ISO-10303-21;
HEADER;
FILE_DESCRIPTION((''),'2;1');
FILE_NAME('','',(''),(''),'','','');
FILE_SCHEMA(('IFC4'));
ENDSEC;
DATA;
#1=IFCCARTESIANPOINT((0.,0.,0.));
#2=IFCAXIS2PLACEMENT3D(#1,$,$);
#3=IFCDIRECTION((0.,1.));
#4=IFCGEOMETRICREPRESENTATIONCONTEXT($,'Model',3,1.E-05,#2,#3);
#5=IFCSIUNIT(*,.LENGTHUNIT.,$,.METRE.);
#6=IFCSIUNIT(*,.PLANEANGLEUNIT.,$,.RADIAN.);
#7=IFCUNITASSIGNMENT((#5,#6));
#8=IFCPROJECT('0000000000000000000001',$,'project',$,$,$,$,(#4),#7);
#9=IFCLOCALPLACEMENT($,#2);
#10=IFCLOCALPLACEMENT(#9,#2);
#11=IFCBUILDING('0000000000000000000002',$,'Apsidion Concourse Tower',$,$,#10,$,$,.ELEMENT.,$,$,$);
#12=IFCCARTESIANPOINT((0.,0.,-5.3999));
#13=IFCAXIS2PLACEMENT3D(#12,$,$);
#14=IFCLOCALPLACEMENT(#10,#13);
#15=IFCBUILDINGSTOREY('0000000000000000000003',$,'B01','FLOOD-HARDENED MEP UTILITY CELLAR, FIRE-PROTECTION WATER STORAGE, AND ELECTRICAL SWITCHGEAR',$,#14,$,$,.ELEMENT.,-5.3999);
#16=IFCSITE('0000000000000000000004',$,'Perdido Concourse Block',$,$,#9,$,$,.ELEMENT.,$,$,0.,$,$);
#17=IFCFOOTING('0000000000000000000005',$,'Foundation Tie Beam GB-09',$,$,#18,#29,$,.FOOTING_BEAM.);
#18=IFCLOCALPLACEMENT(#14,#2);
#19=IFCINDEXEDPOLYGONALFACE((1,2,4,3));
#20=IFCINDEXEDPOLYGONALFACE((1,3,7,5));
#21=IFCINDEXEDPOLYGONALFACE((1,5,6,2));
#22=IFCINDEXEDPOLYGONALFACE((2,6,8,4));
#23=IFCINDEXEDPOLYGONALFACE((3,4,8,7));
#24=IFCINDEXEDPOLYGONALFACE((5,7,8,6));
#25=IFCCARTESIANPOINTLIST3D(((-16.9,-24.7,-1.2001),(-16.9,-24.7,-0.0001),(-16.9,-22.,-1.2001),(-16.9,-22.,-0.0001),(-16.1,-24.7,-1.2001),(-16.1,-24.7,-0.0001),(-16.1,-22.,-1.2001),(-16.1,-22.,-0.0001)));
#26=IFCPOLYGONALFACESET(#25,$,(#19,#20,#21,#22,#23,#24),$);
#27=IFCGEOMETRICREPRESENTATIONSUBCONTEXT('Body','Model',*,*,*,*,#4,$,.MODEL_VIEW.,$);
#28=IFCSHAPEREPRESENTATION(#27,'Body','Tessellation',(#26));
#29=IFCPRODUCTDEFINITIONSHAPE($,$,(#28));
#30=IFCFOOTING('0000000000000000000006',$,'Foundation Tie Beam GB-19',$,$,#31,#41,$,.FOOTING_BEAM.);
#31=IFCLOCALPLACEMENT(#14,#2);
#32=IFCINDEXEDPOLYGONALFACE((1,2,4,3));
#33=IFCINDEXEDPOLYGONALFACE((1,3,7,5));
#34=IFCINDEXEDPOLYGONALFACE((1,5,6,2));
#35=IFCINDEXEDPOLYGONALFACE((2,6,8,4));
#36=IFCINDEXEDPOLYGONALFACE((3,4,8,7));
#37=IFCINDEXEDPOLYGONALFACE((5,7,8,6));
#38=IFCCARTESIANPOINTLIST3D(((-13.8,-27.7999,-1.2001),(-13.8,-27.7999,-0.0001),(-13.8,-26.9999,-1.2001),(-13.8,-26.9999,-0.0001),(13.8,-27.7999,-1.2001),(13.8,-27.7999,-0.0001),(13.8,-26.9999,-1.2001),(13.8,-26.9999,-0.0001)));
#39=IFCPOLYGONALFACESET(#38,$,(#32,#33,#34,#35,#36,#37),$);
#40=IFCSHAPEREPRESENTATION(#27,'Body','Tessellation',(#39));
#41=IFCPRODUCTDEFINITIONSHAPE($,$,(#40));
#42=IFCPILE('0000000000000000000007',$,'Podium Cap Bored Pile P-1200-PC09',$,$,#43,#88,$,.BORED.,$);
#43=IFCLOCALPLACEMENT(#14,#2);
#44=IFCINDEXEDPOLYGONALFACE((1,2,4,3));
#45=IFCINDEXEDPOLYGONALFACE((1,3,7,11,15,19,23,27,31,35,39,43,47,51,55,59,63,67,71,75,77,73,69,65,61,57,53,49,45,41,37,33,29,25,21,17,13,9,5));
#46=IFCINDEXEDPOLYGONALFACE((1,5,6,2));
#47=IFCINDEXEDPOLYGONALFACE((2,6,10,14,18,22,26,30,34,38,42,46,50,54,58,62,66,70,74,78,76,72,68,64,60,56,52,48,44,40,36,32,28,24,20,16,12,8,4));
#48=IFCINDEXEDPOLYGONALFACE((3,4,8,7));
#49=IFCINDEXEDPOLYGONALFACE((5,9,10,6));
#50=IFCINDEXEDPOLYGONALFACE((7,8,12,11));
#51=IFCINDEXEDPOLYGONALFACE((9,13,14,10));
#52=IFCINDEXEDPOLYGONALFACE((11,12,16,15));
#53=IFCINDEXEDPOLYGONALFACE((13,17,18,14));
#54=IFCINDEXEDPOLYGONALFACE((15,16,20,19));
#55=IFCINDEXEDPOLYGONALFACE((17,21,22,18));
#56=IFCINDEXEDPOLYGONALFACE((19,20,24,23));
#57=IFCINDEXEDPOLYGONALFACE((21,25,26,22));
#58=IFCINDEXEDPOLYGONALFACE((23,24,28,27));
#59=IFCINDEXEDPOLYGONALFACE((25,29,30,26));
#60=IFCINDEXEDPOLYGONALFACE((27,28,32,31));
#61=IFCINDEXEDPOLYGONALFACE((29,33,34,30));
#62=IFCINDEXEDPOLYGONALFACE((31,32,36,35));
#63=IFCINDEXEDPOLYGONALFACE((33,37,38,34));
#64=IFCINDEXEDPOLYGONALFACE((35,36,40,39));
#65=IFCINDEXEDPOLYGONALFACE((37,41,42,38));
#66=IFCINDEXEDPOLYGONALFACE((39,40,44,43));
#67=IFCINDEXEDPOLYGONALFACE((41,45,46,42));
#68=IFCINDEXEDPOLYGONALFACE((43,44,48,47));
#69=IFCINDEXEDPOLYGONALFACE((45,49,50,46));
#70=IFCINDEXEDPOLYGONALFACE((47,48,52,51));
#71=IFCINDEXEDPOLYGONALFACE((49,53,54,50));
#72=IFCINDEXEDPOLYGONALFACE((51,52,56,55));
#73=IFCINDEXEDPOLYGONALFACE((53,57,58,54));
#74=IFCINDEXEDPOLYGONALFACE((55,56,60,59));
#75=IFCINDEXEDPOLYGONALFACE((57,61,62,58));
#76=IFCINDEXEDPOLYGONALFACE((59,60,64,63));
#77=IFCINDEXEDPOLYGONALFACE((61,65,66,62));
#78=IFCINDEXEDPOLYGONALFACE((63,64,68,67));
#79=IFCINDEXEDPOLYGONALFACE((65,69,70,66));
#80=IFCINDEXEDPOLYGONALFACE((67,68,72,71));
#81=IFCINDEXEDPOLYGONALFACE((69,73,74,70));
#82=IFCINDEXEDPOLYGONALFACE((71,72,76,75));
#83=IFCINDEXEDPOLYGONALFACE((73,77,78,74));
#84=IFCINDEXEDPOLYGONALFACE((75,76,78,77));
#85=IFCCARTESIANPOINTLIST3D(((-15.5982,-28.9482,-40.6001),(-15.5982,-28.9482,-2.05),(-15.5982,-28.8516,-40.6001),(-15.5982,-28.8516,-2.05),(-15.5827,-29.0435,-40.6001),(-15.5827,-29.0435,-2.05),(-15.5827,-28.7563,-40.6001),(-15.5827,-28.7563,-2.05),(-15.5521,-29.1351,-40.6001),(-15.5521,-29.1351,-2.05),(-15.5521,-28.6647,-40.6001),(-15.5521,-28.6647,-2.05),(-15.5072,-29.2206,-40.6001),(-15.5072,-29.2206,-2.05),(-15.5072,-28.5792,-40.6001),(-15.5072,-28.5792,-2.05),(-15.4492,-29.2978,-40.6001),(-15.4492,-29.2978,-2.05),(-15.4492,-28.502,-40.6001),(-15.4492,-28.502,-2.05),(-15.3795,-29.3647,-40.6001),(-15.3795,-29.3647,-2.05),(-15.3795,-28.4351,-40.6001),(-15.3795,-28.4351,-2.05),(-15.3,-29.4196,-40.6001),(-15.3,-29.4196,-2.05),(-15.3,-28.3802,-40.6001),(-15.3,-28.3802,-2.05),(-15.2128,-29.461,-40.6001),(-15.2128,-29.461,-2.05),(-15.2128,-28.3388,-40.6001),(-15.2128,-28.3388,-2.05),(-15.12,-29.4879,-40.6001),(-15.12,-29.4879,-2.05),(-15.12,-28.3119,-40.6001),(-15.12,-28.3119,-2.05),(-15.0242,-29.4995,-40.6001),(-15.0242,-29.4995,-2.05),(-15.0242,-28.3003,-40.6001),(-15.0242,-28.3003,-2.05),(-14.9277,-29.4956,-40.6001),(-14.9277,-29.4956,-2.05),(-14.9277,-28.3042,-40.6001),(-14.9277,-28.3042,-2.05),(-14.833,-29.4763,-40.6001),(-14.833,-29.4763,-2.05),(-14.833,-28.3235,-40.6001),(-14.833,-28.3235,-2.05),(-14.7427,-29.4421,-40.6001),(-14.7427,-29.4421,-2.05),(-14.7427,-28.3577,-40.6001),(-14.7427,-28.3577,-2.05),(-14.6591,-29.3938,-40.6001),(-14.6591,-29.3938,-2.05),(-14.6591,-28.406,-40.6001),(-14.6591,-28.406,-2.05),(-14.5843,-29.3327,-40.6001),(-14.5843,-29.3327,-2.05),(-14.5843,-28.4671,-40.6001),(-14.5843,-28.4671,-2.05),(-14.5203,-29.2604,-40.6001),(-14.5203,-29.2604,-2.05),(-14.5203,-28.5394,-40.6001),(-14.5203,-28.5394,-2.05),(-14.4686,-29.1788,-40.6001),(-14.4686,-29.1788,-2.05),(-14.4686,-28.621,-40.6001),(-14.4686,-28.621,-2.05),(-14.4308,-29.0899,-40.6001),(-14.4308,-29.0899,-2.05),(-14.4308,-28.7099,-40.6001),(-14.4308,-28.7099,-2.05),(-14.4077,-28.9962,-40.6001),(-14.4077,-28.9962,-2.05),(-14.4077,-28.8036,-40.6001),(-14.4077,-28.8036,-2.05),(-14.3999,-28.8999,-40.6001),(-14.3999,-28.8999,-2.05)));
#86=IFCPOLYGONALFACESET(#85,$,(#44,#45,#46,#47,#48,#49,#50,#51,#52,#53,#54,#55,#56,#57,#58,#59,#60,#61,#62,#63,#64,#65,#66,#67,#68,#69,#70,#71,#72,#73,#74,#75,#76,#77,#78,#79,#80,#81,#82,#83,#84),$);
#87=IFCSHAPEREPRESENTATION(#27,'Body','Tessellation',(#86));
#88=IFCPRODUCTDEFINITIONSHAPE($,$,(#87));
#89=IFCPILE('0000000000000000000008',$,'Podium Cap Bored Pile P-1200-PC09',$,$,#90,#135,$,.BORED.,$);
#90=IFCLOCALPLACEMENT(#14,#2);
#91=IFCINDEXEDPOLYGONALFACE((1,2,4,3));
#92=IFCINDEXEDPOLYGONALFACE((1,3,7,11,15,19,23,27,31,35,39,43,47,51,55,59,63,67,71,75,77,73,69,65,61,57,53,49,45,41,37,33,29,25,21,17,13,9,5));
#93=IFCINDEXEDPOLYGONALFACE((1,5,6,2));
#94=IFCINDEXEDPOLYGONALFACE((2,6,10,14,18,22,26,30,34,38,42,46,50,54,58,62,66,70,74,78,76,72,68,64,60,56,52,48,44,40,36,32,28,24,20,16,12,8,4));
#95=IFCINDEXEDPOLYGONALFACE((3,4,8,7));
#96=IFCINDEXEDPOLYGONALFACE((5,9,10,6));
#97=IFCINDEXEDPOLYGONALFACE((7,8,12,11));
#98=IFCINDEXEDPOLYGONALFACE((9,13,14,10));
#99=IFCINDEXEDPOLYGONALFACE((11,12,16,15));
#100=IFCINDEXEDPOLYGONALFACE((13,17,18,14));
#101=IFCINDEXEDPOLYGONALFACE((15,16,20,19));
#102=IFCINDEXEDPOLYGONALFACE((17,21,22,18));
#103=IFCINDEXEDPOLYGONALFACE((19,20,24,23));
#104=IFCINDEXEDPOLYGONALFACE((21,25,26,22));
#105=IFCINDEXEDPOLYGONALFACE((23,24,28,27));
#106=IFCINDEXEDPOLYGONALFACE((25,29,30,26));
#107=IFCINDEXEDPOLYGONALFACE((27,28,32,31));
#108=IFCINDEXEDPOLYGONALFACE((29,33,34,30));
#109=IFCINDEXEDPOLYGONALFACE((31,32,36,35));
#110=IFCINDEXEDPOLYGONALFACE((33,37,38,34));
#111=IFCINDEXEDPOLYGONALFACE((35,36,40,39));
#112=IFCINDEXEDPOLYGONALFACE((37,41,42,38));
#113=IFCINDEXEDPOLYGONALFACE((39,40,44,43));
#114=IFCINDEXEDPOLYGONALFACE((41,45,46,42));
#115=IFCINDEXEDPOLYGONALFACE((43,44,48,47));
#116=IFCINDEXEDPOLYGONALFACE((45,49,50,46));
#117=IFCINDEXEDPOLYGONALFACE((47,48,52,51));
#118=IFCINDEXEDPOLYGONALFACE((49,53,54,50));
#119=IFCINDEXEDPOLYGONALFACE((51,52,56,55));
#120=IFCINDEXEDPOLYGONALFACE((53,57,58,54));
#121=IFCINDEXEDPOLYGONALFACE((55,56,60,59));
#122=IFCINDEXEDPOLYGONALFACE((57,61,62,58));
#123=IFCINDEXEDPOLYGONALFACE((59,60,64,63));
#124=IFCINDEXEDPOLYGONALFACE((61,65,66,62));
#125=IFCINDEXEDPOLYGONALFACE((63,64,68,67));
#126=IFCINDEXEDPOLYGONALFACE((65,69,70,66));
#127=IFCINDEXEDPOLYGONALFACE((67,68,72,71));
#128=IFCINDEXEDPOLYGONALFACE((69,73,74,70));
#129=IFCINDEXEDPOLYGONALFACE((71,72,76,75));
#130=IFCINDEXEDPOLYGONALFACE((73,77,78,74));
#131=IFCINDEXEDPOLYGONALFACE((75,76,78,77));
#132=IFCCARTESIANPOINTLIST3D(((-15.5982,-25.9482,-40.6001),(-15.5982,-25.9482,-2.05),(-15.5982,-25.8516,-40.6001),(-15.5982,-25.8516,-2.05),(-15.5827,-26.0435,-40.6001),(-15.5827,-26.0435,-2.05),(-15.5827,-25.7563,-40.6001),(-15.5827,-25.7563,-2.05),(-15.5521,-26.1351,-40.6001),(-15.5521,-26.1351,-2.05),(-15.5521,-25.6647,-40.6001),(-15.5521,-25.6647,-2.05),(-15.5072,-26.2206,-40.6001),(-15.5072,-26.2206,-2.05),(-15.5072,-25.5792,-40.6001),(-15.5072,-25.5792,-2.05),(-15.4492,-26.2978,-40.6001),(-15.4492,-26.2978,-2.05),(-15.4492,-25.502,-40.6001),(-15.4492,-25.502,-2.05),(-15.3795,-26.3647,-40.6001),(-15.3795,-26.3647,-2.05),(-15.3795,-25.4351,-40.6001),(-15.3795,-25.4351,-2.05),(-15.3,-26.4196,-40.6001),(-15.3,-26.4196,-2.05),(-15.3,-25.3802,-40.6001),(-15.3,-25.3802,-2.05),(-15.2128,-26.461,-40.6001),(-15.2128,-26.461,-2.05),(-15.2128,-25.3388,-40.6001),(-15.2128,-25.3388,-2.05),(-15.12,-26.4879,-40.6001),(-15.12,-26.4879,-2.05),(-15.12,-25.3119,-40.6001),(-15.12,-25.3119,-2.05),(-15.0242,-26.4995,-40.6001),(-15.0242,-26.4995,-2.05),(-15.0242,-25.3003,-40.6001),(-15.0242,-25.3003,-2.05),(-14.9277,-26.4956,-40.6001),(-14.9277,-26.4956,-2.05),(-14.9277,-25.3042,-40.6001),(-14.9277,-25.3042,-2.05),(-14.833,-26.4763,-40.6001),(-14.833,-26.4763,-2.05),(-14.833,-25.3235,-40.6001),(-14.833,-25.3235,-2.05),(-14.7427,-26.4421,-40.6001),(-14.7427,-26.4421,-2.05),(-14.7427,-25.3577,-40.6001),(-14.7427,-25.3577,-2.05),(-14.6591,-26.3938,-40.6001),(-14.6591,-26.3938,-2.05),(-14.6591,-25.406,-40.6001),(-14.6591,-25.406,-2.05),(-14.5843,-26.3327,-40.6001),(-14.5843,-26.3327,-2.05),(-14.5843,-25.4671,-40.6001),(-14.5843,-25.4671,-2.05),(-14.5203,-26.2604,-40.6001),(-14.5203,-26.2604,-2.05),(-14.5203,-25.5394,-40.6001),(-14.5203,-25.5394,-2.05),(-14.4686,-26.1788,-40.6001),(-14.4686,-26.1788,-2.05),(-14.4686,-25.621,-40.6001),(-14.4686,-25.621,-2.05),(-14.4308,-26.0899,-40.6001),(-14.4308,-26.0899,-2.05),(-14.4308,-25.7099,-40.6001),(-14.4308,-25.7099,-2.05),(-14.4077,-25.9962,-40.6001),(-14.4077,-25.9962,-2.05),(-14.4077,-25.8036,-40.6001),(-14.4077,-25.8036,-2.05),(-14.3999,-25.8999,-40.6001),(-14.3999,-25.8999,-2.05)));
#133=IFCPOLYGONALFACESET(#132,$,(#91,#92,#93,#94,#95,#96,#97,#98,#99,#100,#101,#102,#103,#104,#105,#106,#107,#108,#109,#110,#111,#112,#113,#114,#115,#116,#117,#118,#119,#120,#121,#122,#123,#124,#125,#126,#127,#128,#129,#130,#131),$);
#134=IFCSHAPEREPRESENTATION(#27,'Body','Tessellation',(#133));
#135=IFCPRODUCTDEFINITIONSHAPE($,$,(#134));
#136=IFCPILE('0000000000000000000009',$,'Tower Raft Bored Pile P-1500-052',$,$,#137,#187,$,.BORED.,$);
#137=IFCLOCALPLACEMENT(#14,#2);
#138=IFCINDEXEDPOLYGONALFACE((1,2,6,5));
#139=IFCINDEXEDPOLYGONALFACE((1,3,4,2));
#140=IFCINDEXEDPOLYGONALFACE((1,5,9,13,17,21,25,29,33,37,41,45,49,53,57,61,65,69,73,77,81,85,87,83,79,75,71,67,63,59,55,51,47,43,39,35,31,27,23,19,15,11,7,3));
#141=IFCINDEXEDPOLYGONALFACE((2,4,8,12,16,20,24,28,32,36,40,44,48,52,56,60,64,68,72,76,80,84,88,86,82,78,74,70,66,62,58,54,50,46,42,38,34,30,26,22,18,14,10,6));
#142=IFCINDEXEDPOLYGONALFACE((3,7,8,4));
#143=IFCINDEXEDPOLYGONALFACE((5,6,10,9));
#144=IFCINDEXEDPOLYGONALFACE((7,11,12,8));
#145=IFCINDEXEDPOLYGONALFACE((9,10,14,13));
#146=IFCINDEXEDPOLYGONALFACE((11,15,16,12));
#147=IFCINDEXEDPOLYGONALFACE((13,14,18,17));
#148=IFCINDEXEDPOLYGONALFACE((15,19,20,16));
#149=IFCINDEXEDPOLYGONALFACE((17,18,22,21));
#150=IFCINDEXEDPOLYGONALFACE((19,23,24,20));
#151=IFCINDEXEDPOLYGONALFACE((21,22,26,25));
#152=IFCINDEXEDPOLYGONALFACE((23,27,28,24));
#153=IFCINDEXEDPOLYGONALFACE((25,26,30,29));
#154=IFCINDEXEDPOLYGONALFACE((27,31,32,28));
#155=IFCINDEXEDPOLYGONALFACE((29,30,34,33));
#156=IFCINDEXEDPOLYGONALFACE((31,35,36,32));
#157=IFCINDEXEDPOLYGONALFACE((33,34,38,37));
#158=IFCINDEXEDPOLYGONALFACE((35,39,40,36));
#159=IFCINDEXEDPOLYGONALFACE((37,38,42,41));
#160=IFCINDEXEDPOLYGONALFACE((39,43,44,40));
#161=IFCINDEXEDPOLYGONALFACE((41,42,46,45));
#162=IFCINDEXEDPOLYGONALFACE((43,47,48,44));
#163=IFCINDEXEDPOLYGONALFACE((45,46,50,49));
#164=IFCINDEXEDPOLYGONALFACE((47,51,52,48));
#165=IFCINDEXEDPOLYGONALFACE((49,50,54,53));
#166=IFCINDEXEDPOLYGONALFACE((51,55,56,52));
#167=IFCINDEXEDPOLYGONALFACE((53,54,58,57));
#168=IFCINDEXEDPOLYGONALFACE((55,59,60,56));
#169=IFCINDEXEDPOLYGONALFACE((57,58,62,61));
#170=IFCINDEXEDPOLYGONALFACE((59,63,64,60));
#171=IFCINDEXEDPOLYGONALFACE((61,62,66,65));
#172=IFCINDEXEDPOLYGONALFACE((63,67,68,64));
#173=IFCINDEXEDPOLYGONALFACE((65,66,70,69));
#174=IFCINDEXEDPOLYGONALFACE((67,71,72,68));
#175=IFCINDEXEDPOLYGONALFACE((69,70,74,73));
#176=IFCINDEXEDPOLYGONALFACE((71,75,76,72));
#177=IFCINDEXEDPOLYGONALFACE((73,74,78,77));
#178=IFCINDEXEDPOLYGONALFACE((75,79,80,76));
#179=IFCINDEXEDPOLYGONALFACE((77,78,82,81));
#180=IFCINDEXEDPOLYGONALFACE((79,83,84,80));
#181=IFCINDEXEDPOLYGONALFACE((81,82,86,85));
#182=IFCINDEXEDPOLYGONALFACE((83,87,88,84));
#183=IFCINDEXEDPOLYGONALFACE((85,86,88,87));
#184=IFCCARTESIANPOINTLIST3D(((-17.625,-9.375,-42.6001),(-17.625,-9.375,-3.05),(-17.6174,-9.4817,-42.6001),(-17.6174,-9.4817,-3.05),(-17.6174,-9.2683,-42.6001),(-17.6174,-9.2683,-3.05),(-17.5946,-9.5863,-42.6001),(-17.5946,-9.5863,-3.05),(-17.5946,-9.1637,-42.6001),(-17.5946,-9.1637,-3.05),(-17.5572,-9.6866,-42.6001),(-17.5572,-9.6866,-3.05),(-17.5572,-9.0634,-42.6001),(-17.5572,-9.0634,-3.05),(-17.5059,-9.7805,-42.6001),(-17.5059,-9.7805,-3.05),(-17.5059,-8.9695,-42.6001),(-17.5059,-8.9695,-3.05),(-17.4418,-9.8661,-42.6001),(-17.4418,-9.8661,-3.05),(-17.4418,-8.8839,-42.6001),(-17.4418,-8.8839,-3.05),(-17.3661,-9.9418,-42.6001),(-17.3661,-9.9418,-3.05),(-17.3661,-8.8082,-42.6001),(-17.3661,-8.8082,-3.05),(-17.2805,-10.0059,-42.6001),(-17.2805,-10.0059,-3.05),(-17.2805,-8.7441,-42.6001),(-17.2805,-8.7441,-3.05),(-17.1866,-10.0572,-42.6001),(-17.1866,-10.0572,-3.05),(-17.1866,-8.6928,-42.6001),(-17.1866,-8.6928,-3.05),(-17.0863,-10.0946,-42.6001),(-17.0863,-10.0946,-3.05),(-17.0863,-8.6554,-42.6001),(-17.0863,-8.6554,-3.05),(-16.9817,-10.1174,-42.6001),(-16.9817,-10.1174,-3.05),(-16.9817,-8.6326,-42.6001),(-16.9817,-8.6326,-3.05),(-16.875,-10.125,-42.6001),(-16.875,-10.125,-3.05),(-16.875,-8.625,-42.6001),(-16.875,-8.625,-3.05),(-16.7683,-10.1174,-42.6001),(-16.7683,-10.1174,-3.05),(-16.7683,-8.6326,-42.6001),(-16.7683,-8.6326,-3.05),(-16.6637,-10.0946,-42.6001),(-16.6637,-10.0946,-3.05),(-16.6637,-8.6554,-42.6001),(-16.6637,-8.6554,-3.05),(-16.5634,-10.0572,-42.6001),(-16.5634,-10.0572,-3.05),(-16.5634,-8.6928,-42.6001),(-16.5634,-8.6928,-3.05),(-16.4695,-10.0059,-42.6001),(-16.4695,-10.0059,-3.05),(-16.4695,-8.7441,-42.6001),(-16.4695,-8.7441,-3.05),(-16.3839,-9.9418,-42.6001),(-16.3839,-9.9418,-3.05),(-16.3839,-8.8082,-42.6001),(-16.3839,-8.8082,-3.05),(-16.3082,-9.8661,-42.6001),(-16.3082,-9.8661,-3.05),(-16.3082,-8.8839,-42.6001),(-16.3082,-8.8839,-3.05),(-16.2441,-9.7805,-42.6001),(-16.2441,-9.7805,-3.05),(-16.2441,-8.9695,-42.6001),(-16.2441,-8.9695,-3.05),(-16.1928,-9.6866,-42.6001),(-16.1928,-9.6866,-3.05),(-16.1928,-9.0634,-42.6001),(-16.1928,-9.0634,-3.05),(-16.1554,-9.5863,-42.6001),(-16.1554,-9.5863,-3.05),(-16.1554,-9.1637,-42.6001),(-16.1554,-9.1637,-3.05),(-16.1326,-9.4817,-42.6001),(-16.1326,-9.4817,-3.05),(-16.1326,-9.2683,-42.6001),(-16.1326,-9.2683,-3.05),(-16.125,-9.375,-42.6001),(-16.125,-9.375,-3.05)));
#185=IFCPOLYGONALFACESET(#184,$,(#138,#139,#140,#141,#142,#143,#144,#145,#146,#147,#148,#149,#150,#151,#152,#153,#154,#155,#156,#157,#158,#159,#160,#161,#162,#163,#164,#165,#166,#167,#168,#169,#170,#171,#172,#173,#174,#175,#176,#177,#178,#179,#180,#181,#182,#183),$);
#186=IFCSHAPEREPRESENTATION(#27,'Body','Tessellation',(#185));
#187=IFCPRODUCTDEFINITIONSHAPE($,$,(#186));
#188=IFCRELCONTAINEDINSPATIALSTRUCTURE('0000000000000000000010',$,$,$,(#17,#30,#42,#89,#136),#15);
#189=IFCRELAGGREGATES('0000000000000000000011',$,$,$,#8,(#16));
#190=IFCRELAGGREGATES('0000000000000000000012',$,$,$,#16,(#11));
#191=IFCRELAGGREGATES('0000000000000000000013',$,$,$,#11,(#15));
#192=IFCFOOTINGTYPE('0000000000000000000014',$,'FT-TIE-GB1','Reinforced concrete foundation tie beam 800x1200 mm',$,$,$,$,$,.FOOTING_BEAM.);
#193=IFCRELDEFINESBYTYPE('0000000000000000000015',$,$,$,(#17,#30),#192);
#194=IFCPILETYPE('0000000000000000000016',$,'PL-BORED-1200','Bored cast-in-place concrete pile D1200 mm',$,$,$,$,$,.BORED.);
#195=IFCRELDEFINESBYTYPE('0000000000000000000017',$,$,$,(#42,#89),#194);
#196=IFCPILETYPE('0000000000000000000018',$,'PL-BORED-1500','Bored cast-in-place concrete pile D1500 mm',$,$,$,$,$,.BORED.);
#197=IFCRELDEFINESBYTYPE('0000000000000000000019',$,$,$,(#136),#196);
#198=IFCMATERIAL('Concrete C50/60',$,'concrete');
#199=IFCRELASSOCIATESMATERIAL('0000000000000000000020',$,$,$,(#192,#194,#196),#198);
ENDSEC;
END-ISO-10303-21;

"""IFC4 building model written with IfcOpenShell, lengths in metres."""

from ifc_helpers import new_model, si_unit, direction, frame, origin, origin_2d, place, context, subcontext, project, spatial, rectangle, circle, extrude, material, material_profile, profile_set, type_object, element, save


model = new_model("IFC4")

# Units and contexts
model_context = context("Model", 3, precision=1e-05, world=origin(), true_north=direction((0.0, 1.0)))
body_context = subcontext(model_context, "Body", "Model", "MODEL_VIEW")
ifc_project = project(units=[si_unit("LENGTHUNIT", "METRE"), si_unit("PLANEANGLEUNIT", "RADIAN")], contexts=[model_context])

# Site, building, storey
site_placement = place(None, origin())
site = spatial("IfcSite", under=ifc_project, at=site_placement, Name="Perdido Concourse Block", CompositionType="ELEMENT", RefElevation=0.0)
building_placement = place(site_placement, origin())
building = spatial("IfcBuilding", under=site, at=building_placement, Name="Apsidion Concourse Tower", CompositionType="ELEMENT")
storey_placement = place(building_placement, frame((0.0, 0.0, -5.3999)))
storey = spatial("IfcBuildingStorey", under=building, at=storey_placement, Name="B01", Description="FLOOD-HARDENED MEP UTILITY CELLAR, FIRE-PROTECTION WATER STORAGE, AND ELECTRICAL SWITCHGEAR", CompositionType="ELEMENT", Elevation=-5.3999)

# Footings
ifc_material_1 = material(Name="Concrete C50/60", Category="concrete")
ifc_material_profile_1 = material_profile(ifc_material_1, rectangle(XDim=0.8, YDim=1.2, at=origin_2d()), Name="RC 800x1200")
ifc_profile_set_1 = profile_set([ifc_material_profile_1], Name="Concrete C50/60")
footing_type = type_object("IfcFootingType", Name="FT-TIE-GB1", Description="Reinforced concrete foundation tie beam 800x1200 mm", PredefinedType="FOOTING_BEAM", material=ifc_profile_set_1)
footing_1_placement = place(storey_placement, frame((-16.5, -24.7, -0.6001), z_axis=(0.0, 1.0, 0.0), x_axis=(-1.0, 0.0, 0.0)))
element("IfcFooting", 1, at=footing_1_placement, inside=storey, type_object=footing_type, Name="Foundation Tie Beam GB-09", PredefinedType="FOOTING_BEAM", context=body_context, shape_type="SweptSolid", body=[
    extrude(rectangle(XDim=0.8, YDim=1.2, at=origin_2d()), origin(), (0.0, 0.0, 1.0), 2.7),
])
footing_2_placement = place(storey_placement, frame((-13.8, -27.3999, -0.6001), z_axis=(1.0, 0.0, 0.0), x_axis=(0.0, 1.0, 0.0)))
element("IfcFooting", 2, at=footing_2_placement, inside=storey, type_object=footing_type, Name="Foundation Tie Beam GB-19", PredefinedType="FOOTING_BEAM", context=body_context, shape_type="SweptSolid", body=[
    extrude(rectangle(XDim=0.8, YDim=1.2, at=origin_2d()), origin(), (0.0, 0.0, 1.0), 27.6001),
])

# Piles
ifc_material_profile_2 = material_profile(ifc_material_1, circle(Radius=0.6001, at=origin_2d()), Name="BORED PILE D1200")
ifc_profile_set_2 = profile_set([ifc_material_profile_2], Name="Concrete C50/60")
pile_type_1 = type_object("IfcPileType", Name="PL-BORED-1200", Description="Bored cast-in-place concrete pile D1200 mm", PredefinedType="BORED", material=ifc_profile_set_2)
for number, where, z_axis, x_axis, name in (
    (3, (-15.0, -28.8999, -2.05), (0.0, 0.0, -1.0), (1.0, 0.0, 0.0), "Podium Cap Bored Pile P-1200-PC09"),
    (4, (-15.0, -25.8999, -2.05), (0.0, 0.0, -1.0), (1.0, 0.0, 0.0), "Podium Cap Bored Pile P-1200-PC09"),
):
    element("IfcPile", number, at=place(storey_placement, frame(where, z_axis=z_axis, x_axis=x_axis)), inside=storey, type_object=pile_type_1, Name=name, PredefinedType="BORED", context=body_context, shape_type="SweptSolid", body=[
        extrude(circle(Radius=0.6001, at=origin_2d()), origin(), (0.0, 0.0, 1.0), 38.55),
    ])
ifc_material_profile_3 = material_profile(ifc_material_1, circle(Radius=0.75, at=origin_2d()), Name="BORED PILE D1500")
ifc_profile_set_3 = profile_set([ifc_material_profile_3], Name="Concrete C50/60")
pile_type_2 = type_object("IfcPileType", Name="PL-BORED-1500", Description="Bored cast-in-place concrete pile D1500 mm", PredefinedType="BORED", material=ifc_profile_set_3)
for number, where, z_axis, x_axis, name in (
    (5, (-16.875, -9.375, -3.05), (0.0, 0.0, -1.0), (1.0, 0.0, 0.0), "Tower Raft Bored Pile P-1500-052"),
):
    element("IfcPile", number, at=place(storey_placement, frame(where, z_axis=z_axis, x_axis=x_axis)), inside=storey, type_object=pile_type_2, Name=name, PredefinedType="BORED", context=body_context, shape_type="SweptSolid", body=[
        extrude(circle(Radius=0.75, at=origin_2d()), origin(), (0.0, 0.0, 1.0), 39.55),
    ])

save(model, "model.ifc")
